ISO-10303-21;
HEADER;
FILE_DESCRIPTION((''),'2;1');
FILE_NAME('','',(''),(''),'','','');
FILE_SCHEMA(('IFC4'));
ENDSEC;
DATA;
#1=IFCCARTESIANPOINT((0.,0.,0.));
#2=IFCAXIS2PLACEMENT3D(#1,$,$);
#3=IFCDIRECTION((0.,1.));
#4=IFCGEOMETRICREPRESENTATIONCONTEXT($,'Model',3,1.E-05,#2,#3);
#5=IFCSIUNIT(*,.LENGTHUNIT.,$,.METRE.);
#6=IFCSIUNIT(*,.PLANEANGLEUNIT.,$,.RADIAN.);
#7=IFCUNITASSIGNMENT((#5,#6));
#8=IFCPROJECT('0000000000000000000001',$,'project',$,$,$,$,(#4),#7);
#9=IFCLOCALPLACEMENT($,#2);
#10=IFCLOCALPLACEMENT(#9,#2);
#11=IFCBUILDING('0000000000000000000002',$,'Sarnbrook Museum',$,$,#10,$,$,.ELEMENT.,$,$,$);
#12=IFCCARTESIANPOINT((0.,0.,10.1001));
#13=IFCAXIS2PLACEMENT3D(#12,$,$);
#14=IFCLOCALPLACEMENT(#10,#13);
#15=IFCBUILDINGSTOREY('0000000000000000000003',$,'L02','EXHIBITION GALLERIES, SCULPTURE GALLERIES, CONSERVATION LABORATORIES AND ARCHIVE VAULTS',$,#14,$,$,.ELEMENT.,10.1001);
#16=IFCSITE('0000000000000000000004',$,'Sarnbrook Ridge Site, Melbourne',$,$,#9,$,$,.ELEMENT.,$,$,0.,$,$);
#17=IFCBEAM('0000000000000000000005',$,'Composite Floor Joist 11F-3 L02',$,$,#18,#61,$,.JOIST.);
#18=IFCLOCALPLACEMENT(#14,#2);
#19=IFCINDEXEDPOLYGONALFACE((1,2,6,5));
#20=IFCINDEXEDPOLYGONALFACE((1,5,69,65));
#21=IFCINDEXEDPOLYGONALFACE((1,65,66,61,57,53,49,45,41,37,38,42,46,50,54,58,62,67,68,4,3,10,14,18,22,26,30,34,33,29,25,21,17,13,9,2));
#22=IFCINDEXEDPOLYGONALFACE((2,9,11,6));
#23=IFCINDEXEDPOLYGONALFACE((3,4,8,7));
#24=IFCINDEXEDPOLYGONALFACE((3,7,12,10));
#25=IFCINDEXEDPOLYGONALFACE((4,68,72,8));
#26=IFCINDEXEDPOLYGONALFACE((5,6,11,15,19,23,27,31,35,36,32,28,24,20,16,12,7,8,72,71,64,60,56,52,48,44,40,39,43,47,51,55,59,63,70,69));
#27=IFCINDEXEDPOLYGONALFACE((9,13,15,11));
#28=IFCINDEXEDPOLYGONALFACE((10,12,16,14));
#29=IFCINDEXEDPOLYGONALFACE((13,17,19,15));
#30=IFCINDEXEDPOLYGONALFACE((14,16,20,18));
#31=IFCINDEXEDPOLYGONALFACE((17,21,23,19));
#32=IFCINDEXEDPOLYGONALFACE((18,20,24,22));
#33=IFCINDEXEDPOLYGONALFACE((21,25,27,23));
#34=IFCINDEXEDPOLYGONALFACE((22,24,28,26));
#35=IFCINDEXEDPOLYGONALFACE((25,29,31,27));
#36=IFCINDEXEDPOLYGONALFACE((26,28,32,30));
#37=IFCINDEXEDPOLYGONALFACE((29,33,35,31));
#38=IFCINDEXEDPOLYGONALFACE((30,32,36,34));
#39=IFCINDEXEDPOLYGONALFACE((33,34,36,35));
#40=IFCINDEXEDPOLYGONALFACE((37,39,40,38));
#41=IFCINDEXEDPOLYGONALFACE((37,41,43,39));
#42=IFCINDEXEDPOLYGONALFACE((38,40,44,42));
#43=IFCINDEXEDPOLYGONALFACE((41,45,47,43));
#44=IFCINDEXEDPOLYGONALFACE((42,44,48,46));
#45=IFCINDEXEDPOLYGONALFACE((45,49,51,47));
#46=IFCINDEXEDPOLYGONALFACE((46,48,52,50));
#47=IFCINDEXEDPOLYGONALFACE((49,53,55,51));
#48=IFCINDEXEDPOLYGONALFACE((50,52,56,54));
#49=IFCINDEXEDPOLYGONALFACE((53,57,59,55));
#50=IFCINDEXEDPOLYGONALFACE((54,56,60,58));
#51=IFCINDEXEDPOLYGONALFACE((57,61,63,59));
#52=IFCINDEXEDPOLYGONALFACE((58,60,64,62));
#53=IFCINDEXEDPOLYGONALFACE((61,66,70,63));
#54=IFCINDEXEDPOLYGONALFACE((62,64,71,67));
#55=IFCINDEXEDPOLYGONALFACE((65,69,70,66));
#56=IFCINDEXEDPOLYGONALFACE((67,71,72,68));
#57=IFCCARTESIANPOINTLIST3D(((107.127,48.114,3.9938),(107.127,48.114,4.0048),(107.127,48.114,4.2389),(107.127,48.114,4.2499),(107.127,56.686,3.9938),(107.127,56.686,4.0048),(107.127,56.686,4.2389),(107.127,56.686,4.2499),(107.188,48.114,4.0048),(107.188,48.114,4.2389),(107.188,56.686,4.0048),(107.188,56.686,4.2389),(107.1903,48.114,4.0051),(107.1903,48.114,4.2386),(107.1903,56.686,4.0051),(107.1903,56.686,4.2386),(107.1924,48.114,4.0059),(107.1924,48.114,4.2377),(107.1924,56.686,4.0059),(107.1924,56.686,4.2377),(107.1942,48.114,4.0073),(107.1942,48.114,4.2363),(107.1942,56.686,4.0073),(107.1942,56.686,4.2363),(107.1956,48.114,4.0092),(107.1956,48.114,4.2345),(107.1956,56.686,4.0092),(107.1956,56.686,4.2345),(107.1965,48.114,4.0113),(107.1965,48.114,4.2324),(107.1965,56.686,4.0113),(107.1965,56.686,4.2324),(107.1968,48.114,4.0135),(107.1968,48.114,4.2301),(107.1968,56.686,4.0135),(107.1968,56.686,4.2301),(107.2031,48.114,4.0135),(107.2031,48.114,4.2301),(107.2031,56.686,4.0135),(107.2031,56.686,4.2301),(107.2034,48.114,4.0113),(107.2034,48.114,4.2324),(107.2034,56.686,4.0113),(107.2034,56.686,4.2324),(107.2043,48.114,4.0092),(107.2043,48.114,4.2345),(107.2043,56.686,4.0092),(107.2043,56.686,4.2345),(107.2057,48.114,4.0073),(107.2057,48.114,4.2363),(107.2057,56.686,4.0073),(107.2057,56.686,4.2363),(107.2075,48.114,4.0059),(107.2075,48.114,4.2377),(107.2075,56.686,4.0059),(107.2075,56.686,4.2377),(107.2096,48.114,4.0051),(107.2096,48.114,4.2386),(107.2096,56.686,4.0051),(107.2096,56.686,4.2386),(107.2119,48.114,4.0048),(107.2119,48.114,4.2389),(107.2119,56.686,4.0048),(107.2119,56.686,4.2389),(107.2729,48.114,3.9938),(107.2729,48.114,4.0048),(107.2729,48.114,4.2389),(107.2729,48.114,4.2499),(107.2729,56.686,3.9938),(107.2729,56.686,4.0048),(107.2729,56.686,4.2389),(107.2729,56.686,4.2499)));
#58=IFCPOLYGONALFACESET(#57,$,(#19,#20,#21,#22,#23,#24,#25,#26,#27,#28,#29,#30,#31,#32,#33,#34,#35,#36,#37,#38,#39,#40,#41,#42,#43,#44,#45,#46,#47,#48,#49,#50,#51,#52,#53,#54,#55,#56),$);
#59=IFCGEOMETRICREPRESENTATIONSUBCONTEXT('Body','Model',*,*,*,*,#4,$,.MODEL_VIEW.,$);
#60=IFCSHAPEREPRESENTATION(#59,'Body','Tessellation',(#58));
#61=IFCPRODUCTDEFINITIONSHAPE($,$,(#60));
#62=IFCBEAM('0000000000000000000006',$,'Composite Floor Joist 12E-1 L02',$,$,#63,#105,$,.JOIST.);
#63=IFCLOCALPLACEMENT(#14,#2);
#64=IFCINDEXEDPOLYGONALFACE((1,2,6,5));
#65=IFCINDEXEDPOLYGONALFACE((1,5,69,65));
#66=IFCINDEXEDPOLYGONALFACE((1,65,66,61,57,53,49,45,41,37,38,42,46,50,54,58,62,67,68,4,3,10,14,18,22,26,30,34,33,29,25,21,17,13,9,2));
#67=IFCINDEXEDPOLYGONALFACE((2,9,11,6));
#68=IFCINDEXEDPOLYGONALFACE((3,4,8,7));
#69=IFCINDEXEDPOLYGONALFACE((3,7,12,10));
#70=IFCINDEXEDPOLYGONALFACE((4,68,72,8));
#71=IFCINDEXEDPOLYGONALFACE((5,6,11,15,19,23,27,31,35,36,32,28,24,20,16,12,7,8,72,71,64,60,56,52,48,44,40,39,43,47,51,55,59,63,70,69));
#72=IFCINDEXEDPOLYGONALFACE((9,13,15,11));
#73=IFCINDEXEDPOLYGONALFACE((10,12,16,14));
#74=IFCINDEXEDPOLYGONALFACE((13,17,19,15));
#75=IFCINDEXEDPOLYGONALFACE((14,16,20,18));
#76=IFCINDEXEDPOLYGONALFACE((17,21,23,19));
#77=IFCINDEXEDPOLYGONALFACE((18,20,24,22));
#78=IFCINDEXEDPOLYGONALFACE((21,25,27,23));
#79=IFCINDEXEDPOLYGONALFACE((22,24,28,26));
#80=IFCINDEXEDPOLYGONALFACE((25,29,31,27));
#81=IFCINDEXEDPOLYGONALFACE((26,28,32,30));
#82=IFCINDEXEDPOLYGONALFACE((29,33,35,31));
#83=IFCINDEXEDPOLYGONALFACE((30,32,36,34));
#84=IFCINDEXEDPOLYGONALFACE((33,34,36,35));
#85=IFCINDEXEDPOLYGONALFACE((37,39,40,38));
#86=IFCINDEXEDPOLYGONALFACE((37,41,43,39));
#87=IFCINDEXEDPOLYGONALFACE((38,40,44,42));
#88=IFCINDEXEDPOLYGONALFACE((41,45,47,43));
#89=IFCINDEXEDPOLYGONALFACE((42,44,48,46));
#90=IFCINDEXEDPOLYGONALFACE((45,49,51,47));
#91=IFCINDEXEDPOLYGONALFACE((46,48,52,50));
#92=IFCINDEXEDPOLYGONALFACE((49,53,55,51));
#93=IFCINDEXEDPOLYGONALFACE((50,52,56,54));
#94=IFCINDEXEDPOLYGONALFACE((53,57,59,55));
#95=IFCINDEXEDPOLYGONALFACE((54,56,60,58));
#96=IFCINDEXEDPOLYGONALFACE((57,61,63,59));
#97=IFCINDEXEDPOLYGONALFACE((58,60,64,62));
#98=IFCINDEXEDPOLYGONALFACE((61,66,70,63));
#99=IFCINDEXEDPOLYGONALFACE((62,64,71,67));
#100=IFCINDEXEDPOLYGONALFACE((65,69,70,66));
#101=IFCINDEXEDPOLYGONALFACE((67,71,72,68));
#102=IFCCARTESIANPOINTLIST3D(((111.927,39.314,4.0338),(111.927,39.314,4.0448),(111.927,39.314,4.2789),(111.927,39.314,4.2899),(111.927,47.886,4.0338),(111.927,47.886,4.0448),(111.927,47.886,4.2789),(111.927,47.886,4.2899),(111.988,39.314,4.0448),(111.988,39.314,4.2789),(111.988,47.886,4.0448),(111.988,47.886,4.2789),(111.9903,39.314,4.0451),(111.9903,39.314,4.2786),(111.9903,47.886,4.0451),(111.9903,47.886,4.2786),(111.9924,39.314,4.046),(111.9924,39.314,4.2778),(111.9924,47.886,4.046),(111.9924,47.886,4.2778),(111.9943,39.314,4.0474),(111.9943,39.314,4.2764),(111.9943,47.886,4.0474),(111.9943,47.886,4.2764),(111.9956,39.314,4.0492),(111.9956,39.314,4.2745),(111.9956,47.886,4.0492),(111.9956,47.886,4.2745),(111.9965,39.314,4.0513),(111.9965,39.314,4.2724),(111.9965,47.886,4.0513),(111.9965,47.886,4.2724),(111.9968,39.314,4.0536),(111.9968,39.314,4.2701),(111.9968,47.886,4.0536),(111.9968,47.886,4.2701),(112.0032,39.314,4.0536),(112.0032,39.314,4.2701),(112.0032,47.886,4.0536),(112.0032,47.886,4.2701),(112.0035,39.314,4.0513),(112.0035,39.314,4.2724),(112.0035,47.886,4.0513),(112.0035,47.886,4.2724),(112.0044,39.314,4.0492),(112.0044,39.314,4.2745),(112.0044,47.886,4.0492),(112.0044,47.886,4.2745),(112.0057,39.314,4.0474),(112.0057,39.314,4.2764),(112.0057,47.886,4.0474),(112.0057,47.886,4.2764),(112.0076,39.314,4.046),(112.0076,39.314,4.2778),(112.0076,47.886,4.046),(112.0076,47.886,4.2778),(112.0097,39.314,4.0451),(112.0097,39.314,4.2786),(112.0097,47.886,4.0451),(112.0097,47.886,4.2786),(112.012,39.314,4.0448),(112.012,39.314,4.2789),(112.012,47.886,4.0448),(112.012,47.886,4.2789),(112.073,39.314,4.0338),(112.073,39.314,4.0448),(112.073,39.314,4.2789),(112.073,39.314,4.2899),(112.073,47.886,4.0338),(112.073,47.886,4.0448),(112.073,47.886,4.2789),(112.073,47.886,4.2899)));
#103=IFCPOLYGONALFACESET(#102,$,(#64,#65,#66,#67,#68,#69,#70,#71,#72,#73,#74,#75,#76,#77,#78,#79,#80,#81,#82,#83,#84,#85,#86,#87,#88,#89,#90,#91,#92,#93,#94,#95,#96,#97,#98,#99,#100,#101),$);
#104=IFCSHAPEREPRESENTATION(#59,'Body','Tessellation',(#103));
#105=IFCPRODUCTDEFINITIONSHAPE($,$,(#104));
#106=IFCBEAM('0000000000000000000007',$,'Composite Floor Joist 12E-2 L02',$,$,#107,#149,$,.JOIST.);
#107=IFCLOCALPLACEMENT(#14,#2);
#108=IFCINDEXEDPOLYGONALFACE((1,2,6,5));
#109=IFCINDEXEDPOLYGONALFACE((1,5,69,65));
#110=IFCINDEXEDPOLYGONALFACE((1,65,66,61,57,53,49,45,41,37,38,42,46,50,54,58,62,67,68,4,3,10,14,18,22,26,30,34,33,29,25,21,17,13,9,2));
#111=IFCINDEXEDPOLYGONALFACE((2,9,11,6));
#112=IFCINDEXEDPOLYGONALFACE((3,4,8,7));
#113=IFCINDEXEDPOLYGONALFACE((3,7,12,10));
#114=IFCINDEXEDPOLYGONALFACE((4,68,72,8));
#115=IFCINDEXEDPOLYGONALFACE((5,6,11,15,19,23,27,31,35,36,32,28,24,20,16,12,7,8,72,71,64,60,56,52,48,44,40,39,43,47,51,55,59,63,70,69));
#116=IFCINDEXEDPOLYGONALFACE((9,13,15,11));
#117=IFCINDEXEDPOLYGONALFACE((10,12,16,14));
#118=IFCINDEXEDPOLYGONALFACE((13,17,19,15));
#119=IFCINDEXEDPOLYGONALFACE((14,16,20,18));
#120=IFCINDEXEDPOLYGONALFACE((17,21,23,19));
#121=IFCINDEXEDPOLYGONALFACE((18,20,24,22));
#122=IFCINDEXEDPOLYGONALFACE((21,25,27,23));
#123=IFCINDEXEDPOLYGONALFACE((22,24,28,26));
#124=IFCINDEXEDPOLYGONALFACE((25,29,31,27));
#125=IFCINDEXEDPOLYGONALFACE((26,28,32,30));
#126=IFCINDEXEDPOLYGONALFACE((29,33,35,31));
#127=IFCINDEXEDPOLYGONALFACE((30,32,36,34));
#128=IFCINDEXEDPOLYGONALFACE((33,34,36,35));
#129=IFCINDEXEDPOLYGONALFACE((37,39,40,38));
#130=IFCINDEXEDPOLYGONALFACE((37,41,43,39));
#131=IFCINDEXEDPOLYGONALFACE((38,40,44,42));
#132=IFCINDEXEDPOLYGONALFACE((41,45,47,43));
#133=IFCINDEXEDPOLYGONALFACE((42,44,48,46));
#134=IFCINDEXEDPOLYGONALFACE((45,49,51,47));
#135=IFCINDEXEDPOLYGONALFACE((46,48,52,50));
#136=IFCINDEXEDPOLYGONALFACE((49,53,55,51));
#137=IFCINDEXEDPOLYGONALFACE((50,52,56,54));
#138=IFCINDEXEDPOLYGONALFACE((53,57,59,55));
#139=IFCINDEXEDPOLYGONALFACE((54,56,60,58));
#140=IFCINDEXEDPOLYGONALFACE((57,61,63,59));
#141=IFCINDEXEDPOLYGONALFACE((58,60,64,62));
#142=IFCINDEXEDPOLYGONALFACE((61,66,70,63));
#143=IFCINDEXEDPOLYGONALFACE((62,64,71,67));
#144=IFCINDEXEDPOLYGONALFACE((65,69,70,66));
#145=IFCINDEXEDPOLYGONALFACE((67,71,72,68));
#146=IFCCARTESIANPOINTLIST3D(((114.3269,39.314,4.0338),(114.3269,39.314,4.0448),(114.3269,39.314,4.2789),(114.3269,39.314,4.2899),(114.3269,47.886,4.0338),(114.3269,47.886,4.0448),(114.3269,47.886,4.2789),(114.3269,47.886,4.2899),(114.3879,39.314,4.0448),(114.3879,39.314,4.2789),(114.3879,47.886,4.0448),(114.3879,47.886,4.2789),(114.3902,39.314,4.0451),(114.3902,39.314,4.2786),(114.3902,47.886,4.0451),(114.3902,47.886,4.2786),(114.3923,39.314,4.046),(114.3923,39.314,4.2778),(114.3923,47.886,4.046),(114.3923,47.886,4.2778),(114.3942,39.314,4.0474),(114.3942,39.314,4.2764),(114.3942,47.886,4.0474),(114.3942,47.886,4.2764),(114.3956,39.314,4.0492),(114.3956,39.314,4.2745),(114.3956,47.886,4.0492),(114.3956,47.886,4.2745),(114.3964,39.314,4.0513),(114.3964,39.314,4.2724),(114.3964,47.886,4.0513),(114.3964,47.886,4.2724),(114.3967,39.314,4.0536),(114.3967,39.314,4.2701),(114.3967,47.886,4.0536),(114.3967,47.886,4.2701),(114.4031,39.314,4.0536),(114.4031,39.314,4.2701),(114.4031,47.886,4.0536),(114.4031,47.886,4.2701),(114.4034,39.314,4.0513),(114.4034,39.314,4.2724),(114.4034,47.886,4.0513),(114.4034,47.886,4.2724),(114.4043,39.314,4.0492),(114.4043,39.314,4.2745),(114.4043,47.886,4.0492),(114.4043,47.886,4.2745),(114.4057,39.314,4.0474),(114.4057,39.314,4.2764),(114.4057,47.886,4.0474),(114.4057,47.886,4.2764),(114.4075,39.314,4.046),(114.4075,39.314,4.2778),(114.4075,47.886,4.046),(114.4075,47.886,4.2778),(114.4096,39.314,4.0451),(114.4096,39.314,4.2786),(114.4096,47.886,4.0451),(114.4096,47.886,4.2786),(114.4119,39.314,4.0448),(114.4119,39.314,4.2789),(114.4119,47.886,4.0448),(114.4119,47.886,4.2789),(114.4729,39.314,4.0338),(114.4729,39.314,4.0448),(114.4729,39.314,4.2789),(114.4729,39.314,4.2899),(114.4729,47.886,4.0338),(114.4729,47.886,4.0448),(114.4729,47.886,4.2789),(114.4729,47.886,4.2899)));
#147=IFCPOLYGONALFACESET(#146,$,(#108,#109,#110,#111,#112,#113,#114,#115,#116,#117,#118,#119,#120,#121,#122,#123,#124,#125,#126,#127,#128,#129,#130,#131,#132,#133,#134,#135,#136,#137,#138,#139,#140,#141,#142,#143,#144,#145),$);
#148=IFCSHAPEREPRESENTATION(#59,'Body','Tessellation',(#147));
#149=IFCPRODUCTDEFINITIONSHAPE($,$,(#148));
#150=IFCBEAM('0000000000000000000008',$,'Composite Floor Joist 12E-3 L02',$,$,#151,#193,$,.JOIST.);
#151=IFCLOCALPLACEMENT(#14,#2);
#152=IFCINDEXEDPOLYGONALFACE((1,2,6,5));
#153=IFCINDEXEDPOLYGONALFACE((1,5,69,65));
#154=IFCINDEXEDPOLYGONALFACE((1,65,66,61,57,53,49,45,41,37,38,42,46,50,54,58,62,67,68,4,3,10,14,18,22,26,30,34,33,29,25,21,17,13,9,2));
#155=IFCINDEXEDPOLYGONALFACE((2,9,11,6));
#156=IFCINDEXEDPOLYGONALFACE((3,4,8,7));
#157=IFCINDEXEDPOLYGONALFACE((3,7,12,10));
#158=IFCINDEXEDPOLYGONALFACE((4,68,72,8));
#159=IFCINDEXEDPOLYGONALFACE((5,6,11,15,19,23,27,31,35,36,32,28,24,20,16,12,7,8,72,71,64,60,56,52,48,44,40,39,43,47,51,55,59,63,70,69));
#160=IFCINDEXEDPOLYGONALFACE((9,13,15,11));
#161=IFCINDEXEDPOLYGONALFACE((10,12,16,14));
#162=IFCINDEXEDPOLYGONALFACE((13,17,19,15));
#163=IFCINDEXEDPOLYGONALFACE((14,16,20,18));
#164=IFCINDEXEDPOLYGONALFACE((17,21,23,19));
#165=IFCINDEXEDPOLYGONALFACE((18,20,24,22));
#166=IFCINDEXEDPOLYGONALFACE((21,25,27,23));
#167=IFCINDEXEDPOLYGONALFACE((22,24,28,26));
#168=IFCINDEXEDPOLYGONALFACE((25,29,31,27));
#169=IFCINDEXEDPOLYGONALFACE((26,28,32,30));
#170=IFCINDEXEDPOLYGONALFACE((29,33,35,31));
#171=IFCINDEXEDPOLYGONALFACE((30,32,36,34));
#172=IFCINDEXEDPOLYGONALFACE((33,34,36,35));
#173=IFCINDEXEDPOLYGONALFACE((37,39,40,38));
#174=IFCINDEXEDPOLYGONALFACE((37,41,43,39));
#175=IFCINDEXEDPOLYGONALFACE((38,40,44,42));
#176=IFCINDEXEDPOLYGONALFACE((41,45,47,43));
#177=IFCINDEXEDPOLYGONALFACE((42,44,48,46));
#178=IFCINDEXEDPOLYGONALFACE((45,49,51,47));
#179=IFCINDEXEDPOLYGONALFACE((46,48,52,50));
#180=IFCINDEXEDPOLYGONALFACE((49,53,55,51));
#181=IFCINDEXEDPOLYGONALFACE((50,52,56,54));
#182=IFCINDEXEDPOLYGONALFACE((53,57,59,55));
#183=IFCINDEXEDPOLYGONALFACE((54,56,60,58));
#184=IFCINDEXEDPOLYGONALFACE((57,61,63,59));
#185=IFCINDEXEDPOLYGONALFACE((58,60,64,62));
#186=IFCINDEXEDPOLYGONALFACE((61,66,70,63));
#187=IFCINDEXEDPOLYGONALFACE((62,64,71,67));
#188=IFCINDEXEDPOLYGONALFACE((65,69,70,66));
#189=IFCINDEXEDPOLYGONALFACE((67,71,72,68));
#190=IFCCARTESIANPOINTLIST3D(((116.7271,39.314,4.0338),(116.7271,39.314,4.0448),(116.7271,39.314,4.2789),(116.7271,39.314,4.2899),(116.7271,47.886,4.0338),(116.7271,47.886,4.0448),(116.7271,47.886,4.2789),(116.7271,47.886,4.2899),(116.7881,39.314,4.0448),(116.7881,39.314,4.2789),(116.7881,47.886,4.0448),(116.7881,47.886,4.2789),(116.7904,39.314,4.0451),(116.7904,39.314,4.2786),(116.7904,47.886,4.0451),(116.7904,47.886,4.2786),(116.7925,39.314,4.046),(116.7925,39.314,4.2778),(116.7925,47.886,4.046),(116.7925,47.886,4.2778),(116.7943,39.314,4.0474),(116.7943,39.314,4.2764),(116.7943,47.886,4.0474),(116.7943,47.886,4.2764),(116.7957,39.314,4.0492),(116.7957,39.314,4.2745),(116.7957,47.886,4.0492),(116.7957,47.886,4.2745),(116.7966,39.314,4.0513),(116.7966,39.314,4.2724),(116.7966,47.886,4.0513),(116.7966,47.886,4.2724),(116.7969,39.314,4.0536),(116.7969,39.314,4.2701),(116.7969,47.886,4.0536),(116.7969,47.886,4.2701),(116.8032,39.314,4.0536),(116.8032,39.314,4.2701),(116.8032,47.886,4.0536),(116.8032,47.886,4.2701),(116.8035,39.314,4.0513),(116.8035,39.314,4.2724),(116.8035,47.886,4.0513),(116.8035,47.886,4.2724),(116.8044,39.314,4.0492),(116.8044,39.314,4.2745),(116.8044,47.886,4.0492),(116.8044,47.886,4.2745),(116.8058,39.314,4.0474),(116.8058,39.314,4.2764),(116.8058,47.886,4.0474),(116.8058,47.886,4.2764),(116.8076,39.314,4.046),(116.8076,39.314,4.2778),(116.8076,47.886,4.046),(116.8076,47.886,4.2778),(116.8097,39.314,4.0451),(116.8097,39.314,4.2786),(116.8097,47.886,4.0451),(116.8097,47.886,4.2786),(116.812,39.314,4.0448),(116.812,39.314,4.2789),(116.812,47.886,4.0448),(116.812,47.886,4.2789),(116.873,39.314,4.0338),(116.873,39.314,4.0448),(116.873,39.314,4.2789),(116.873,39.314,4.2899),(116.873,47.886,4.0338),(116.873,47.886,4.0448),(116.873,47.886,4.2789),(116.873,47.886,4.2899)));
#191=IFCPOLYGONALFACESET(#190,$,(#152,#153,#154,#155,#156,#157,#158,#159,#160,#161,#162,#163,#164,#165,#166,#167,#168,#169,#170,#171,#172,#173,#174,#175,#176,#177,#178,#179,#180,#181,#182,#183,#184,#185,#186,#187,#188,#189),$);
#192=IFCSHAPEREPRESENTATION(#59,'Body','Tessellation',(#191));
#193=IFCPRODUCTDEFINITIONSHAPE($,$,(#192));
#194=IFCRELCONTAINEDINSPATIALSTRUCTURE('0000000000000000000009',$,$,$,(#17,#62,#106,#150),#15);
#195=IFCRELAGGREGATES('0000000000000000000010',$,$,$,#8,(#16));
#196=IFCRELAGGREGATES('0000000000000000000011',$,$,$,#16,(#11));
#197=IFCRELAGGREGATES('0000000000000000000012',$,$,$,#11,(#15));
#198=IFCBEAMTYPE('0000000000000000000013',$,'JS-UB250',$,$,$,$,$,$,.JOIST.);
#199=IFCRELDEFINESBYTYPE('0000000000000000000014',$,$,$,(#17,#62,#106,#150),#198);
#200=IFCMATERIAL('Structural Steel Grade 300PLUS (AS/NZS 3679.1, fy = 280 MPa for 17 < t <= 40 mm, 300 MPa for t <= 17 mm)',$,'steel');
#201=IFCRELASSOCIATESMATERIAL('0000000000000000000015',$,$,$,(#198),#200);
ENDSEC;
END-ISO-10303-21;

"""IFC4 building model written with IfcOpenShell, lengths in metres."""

from ifc_helpers import new_model, si_unit, direction, frame, origin, origin_2d, place, context, subcontext, project, spatial, i_section, extrude, material, material_profile, profile_set, type_object, element, save


model = new_model("IFC4")

# Units and contexts
model_context = context("Model", 3, precision=1e-05, world=origin(), true_north=direction((0.0, 1.0)))
body_context = subcontext(model_context, "Body", "Model", "MODEL_VIEW")
ifc_project = project(units=[si_unit("LENGTHUNIT", "METRE"), si_unit("PLANEANGLEUNIT", "RADIAN")], contexts=[model_context])

# Site, building, storey
site_placement = place(None, origin())
site = spatial("IfcSite", under=ifc_project, at=site_placement, Name="Sarnbrook Ridge Site, Melbourne", CompositionType="ELEMENT", RefElevation=0.0)
building_placement = place(site_placement, origin())
building = spatial("IfcBuilding", under=site, at=building_placement, Name="Sarnbrook Museum", CompositionType="ELEMENT")
storey_placement = place(building_placement, frame((0.0, 0.0, 10.1001)))
storey = spatial("IfcBuildingStorey", under=building, at=storey_placement, Name="L02", Description="EXHIBITION GALLERIES, SCULPTURE GALLERIES, CONSERVATION LABORATORIES AND ARCHIVE VAULTS", CompositionType="ELEMENT", Elevation=10.1001)

# Shared definitions
ifc_material_1 = material(Name="Structural Steel Grade 300PLUS (AS/NZS 3679.1, fy = 280 MPa for 17 < t <= 40 mm, 300 MPa for t <= 17 mm)", Category="steel")

# Beams
ifc_material_profile_1 = material_profile(ifc_material_1, i_section(OverallWidth=0.146, OverallDepth=0.2561, WebThickness=0.0063, FlangeThickness=0.011, FilletRadius=0.0088, at=origin_2d()), Name="250UB37.3")
ifc_profile_set_1 = profile_set([ifc_material_profile_1], Name="Structural Steel Grade 300PLUS (AS/NZS 3679.1, fy = 280 MPa for 17 < t <= 40 mm, 300 MPa for t <= 17 mm)")
beam_type_1 = type_object("IfcBeamType", Name="JS-UB250", PredefinedType="JOIST", material=ifc_profile_set_1)
for number, where, z_axis, x_axis, name in (
    (1, (107.2, 48.114, 4.1218), (0.0, 1.0, 0.0), (-1.0, 0.0, 0.0), "Composite Floor Joist 11F-3 L02"),
    (2, (112.0, 39.314, 4.1619), (0.0, 1.0, 0.0), (-1.0, 0.0, 0.0), "Composite Floor Joist 12E-1 L02"),
    (3, (114.3999, 39.314, 4.1619), (0.0, 1.0, 0.0), (-1.0, 0.0, 0.0), "Composite Floor Joist 12E-2 L02"),
    (4, (116.8, 39.314, 4.1619), (0.0, 1.0, 0.0), (-1.0, 0.0, 0.0), "Composite Floor Joist 12E-3 L02"),
):
    element("IfcBeam", number, at=place(storey_placement, frame(where, z_axis=z_axis, x_axis=x_axis)), inside=storey, type_object=beam_type_1, Name=name, PredefinedType="JOIST", context=body_context, shape_type="SweptSolid", body=[
        extrude(i_section(OverallWidth=0.146, OverallDepth=0.2561, WebThickness=0.0063, FlangeThickness=0.011, FilletRadius=0.0088, at=origin_2d()), origin(), (0.0, 0.0, 1.0), 8.572),
    ])

save(model, "model.ifc")
